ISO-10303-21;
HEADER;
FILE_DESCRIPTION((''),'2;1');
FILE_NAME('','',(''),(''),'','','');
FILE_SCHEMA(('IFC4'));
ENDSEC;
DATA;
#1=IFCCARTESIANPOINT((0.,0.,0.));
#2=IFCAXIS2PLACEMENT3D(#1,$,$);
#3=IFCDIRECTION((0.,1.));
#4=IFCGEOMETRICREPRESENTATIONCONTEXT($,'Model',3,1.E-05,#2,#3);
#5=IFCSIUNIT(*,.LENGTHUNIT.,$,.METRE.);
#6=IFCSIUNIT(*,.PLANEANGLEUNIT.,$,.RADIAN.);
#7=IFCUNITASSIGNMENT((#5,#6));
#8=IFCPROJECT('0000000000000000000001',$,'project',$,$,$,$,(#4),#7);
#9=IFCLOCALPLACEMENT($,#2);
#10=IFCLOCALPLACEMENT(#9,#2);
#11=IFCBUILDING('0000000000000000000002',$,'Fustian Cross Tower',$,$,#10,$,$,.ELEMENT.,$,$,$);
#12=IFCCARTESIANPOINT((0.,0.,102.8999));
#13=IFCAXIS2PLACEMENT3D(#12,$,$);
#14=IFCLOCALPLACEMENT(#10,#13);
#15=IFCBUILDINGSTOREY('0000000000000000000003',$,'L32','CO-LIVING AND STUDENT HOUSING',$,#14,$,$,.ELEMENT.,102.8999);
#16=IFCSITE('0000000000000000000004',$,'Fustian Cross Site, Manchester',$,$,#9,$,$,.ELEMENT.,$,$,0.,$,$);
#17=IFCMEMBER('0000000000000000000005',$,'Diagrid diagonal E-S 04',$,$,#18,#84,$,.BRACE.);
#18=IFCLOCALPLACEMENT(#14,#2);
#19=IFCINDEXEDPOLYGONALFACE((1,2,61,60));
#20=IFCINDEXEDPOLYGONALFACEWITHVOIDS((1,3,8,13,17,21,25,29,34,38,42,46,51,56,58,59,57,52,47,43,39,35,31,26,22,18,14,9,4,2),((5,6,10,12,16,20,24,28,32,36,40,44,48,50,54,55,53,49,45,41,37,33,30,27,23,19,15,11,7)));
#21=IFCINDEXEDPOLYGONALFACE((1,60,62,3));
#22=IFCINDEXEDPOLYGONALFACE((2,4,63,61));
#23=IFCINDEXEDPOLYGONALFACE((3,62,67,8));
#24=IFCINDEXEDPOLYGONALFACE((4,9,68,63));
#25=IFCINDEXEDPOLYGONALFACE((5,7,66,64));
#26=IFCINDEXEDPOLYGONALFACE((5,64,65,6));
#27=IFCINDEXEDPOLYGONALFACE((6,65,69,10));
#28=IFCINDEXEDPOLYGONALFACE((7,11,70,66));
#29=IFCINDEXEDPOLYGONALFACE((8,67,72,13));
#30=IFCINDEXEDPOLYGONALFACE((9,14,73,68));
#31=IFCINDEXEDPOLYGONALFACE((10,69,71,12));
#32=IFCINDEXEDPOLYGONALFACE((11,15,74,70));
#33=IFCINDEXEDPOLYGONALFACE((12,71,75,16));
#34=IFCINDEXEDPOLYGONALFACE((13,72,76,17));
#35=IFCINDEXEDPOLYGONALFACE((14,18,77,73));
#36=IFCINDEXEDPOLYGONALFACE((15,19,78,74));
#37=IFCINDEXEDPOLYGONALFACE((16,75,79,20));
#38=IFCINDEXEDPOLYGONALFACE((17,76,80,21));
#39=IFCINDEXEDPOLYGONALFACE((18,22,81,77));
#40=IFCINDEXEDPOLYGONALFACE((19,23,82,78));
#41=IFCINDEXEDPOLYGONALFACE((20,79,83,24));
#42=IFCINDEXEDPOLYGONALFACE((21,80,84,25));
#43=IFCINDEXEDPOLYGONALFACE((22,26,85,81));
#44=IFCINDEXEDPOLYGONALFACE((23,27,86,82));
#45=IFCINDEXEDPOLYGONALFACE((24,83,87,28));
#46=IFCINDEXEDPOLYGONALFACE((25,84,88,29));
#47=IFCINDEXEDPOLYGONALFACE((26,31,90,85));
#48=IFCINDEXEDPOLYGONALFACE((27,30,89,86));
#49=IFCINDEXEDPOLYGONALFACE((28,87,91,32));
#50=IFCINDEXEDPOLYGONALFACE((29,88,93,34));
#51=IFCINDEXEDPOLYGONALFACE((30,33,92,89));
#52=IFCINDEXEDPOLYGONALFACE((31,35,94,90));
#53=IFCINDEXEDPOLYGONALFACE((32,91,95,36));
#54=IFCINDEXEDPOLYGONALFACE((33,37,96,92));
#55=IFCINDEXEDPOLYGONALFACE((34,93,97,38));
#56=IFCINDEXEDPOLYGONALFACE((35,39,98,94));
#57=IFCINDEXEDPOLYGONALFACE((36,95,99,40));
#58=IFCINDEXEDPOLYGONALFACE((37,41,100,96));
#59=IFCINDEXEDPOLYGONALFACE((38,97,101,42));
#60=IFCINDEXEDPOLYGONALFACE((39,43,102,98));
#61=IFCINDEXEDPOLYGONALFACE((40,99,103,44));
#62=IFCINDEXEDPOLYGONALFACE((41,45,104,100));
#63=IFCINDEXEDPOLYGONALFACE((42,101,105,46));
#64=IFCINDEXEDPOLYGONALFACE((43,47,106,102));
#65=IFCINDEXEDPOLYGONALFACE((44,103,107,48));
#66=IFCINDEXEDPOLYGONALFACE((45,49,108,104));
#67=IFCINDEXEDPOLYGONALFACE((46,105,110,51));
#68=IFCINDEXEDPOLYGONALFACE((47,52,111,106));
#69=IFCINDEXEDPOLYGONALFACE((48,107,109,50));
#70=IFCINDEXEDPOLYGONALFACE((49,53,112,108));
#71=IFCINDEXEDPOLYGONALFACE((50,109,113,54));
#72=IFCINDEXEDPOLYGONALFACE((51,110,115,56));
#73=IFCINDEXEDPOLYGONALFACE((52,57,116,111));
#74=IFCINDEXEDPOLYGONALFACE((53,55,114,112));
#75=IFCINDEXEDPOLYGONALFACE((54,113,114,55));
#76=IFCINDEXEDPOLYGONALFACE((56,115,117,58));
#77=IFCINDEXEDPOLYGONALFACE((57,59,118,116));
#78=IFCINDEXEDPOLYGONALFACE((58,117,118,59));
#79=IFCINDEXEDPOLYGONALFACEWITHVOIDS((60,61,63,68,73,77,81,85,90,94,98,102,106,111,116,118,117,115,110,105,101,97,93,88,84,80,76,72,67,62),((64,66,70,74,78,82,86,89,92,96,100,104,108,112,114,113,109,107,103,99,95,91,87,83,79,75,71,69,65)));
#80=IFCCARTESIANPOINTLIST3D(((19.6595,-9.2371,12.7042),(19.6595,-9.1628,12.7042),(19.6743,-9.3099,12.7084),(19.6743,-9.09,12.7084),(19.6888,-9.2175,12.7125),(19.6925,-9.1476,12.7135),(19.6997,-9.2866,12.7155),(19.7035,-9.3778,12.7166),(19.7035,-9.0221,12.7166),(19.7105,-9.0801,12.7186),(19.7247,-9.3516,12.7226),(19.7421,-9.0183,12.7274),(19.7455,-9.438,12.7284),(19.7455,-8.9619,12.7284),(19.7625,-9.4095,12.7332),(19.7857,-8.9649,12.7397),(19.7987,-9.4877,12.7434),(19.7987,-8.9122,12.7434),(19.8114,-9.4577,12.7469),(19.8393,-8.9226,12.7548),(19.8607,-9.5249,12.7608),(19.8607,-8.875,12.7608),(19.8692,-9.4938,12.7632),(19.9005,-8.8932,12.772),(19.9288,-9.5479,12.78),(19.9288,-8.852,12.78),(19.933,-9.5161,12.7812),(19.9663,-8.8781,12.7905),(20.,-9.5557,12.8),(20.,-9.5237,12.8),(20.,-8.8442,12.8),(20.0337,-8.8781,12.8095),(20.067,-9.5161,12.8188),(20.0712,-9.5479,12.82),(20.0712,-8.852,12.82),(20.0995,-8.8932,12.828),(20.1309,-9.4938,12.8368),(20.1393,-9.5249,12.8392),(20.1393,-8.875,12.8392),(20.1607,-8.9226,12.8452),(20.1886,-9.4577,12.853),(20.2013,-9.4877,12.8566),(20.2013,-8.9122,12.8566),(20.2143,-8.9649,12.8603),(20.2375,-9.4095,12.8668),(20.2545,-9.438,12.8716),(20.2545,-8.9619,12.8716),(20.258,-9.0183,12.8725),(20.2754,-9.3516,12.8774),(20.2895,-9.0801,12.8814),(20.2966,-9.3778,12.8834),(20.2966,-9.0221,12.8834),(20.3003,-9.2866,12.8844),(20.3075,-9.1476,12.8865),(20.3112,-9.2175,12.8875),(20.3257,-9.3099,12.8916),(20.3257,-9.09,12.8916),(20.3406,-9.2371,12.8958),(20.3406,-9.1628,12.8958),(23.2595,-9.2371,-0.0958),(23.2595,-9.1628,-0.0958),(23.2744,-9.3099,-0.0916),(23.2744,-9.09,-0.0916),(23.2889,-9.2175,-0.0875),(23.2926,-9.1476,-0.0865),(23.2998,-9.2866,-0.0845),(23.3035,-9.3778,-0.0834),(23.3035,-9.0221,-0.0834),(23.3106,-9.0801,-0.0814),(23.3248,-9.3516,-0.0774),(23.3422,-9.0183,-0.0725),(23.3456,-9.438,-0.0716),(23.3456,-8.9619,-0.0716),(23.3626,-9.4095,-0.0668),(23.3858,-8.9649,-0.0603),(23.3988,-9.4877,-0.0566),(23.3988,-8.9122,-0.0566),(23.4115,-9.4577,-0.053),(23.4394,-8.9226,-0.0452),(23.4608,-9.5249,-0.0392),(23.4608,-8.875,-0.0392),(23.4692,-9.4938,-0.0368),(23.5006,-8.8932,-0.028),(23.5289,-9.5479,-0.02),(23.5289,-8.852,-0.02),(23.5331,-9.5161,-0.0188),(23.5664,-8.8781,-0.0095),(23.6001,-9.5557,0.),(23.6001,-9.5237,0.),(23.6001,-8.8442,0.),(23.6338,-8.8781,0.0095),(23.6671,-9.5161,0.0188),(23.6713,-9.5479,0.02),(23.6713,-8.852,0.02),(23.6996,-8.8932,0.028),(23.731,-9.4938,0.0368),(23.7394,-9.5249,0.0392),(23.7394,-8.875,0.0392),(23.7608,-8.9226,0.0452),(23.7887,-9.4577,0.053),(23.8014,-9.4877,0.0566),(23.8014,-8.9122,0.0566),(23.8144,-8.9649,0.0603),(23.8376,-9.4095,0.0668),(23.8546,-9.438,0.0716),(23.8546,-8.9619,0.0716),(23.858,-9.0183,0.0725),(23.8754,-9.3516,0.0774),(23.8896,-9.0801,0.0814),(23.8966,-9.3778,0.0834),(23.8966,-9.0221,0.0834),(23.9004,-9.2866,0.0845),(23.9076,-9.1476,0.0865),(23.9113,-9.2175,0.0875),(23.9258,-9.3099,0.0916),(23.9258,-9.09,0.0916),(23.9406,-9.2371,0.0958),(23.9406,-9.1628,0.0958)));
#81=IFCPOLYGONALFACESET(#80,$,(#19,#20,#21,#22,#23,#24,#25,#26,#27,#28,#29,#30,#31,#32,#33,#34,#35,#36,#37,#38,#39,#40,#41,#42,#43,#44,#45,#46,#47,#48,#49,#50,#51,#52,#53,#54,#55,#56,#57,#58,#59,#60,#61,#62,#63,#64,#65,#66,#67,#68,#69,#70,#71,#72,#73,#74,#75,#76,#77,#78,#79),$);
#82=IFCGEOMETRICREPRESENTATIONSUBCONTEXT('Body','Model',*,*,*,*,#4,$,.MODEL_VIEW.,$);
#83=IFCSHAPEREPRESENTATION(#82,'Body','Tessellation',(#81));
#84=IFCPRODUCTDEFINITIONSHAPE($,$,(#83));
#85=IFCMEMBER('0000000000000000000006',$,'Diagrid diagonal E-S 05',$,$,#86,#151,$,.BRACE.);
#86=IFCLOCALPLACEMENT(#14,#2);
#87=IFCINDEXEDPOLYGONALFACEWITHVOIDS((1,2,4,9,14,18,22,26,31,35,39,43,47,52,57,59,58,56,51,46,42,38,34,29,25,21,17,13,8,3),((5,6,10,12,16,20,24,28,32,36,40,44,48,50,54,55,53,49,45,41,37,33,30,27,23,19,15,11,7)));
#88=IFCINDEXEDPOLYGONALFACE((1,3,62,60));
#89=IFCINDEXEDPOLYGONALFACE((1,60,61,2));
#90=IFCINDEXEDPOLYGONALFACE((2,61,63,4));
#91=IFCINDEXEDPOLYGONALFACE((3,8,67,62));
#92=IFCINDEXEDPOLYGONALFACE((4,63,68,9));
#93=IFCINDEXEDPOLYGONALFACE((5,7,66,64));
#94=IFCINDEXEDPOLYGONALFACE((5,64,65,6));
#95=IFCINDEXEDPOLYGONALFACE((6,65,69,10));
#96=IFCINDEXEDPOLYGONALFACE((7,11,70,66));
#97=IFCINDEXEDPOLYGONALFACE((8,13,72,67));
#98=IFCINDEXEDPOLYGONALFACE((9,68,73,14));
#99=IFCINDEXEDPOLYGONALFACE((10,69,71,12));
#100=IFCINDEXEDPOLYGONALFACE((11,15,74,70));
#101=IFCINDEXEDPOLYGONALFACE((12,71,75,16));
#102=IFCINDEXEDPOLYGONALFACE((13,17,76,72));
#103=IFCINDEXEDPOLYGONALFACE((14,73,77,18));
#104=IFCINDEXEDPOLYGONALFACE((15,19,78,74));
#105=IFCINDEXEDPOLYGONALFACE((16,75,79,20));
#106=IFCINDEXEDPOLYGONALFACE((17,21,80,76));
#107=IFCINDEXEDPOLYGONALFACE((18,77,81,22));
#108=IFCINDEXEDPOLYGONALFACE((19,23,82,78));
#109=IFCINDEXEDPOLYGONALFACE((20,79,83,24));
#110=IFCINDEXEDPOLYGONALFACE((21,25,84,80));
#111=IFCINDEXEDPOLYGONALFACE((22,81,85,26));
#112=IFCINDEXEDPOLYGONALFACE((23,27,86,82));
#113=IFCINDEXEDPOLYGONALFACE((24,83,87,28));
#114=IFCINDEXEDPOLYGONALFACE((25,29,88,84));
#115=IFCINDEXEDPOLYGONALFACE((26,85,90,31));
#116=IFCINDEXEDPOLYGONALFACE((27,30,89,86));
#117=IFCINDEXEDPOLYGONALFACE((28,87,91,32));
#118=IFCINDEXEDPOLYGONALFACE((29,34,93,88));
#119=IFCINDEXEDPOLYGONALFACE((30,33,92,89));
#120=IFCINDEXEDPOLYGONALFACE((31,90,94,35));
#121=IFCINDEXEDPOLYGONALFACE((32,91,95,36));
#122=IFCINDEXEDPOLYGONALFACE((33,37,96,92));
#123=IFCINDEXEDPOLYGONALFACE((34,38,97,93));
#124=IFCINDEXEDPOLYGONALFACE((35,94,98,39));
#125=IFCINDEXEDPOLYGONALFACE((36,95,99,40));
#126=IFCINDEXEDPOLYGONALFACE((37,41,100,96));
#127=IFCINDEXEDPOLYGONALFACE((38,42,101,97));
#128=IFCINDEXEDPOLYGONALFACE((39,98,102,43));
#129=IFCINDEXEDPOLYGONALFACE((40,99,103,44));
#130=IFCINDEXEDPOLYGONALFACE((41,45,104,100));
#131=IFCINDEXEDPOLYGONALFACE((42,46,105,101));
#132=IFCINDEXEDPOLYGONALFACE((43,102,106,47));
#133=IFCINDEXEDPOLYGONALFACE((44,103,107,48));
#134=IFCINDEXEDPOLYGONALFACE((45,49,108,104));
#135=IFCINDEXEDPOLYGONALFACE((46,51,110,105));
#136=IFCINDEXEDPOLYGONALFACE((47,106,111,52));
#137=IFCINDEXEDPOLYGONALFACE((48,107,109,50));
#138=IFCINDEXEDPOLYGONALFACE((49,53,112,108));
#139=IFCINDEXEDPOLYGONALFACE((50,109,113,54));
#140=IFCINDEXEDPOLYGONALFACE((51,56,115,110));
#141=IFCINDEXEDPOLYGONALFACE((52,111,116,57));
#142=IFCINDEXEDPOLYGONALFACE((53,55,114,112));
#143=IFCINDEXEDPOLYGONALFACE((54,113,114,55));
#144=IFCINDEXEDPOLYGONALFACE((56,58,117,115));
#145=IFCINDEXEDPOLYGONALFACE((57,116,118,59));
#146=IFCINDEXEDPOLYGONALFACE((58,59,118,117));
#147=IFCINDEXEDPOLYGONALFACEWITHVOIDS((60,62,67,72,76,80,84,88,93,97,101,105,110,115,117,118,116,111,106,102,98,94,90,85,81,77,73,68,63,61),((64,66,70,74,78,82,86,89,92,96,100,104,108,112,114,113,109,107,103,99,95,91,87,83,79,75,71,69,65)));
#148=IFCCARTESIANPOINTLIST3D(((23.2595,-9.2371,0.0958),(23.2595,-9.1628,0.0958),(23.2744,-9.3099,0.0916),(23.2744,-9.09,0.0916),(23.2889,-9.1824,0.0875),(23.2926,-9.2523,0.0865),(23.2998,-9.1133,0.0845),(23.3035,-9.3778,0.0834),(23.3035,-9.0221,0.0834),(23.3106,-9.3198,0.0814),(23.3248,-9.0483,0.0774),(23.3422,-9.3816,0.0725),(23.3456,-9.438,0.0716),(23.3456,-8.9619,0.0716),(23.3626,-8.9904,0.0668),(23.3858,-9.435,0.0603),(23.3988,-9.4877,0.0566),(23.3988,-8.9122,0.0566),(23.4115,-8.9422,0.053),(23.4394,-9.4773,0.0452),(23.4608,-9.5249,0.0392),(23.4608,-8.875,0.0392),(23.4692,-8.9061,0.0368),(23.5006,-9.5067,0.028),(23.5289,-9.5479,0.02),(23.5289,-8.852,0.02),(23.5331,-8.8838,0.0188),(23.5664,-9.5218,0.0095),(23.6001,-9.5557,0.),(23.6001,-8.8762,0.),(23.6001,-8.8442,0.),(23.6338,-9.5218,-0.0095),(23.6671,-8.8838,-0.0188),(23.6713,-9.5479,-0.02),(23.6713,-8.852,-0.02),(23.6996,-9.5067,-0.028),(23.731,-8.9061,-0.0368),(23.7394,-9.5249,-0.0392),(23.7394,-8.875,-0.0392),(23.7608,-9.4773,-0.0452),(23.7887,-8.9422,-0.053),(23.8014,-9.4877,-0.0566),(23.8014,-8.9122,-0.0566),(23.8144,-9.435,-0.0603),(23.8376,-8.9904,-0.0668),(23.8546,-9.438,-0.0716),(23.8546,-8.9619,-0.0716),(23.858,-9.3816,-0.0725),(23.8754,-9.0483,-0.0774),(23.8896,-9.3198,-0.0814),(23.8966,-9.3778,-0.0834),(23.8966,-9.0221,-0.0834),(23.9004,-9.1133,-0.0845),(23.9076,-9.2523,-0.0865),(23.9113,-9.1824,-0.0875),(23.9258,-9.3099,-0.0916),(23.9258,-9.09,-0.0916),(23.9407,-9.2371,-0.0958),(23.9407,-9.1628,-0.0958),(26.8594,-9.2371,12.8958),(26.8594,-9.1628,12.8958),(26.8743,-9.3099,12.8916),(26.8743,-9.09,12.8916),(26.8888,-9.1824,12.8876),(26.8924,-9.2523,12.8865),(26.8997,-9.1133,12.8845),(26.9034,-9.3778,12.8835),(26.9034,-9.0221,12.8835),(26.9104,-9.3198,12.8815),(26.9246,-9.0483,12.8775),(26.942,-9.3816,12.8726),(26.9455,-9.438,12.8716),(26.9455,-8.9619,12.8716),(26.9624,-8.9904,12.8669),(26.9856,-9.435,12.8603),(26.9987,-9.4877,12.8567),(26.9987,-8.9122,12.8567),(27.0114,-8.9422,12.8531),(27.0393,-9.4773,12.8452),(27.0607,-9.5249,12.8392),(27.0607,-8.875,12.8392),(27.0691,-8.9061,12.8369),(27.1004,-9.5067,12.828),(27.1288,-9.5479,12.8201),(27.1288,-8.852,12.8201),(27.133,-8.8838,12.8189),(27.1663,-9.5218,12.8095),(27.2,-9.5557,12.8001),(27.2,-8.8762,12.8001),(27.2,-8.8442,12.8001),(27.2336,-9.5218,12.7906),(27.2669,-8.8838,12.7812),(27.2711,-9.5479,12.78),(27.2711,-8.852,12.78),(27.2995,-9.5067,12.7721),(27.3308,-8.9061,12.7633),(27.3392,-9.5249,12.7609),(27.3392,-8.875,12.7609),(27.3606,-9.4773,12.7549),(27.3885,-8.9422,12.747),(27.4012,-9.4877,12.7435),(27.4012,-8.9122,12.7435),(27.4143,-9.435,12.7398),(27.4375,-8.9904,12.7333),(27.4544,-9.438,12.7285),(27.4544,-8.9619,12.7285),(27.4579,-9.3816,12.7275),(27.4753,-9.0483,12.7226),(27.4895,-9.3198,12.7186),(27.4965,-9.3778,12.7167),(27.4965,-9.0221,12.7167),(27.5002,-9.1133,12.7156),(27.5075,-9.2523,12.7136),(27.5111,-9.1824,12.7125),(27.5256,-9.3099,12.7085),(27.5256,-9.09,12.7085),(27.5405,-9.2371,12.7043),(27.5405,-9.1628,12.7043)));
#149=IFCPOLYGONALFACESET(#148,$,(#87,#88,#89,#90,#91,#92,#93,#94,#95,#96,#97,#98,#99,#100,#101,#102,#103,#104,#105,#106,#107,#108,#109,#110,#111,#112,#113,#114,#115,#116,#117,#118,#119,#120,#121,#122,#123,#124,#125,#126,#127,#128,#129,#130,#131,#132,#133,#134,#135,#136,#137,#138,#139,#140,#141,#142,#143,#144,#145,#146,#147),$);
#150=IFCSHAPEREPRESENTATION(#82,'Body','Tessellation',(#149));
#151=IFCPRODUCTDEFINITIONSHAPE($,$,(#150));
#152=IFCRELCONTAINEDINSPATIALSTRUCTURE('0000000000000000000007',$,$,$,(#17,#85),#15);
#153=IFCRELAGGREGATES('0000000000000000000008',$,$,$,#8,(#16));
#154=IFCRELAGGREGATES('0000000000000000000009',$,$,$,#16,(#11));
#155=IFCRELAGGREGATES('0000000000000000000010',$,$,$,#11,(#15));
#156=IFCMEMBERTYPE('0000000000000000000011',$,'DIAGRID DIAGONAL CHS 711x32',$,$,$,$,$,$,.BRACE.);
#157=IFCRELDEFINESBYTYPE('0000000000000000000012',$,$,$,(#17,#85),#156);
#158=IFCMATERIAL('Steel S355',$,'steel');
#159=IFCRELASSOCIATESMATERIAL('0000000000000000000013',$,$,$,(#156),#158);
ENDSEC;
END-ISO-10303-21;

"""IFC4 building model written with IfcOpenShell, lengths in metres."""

from ifc_helpers import new_model, si_unit, direction, frame, origin, origin_2d, place, context, subcontext, project, spatial, hollow_circle, extrude, material, material_profile, profile_set, type_object, element, save


model = new_model("IFC4")

# Units and contexts
model_context = context("Model", 3, precision=1e-05, world=origin(), true_north=direction((0.0, 1.0)))
body_context = subcontext(model_context, "Body", "Model", "MODEL_VIEW")
ifc_project = project(units=[si_unit("LENGTHUNIT", "METRE"), si_unit("PLANEANGLEUNIT", "RADIAN")], contexts=[model_context])

# Site, building, storey
site_placement = place(None, origin())
site = spatial("IfcSite", under=ifc_project, at=site_placement, Name="Fustian Cross Site, Manchester", CompositionType="ELEMENT", RefElevation=0.0)
building_placement = place(site_placement, origin())
building = spatial("IfcBuilding", under=site, at=building_placement, Name="Fustian Cross Tower", CompositionType="ELEMENT")
storey_placement = place(building_placement, frame((0.0, 0.0, 102.8999)))
storey = spatial("IfcBuildingStorey", under=building, at=storey_placement, Name="L32", Description="CO-LIVING AND STUDENT HOUSING", CompositionType="ELEMENT", Elevation=102.8999)

# Members
ifc_material_1 = material(Name="Steel S355", Category="steel")
ifc_material_profile_1 = material_profile(ifc_material_1, hollow_circle(Radius=0.3557, WallThickness=0.032, at=origin_2d()), Name="CHS 711x32")
ifc_profile_set_1 = profile_set([ifc_material_profile_1], Name="Steel S355")
member_type_1 = type_object("IfcMemberType", Name="DIAGRID DIAGONAL CHS 711x32", PredefinedType="BRACE", material=ifc_profile_set_1)
for number, where, z_axis, x_axis, name in (
    (1, (23.6001, -9.2, 0.0), (-0.270751, 0.0, 0.962649), (0.0, -1.0, 0.0), "Diagrid diagonal E-S 04"),
    (2, (23.6001, -9.2, 0.0), (0.270734, 0.0, 0.962654), (0.0, 1.0, 0.0), "Diagrid diagonal E-S 05"),
):
    element("IfcMember", number, at=place(storey_placement, frame(where, z_axis=z_axis, x_axis=x_axis)), inside=storey, type_object=member_type_1, Name=name, PredefinedType="BRACE", context=body_context, shape_type="SweptSolid", body=[
        extrude(hollow_circle(Radius=0.3557, WallThickness=0.032, at=origin_2d()), origin(), (0.0, 0.0, 1.0), 13.2966),
    ])

save(model, "model.ifc")
